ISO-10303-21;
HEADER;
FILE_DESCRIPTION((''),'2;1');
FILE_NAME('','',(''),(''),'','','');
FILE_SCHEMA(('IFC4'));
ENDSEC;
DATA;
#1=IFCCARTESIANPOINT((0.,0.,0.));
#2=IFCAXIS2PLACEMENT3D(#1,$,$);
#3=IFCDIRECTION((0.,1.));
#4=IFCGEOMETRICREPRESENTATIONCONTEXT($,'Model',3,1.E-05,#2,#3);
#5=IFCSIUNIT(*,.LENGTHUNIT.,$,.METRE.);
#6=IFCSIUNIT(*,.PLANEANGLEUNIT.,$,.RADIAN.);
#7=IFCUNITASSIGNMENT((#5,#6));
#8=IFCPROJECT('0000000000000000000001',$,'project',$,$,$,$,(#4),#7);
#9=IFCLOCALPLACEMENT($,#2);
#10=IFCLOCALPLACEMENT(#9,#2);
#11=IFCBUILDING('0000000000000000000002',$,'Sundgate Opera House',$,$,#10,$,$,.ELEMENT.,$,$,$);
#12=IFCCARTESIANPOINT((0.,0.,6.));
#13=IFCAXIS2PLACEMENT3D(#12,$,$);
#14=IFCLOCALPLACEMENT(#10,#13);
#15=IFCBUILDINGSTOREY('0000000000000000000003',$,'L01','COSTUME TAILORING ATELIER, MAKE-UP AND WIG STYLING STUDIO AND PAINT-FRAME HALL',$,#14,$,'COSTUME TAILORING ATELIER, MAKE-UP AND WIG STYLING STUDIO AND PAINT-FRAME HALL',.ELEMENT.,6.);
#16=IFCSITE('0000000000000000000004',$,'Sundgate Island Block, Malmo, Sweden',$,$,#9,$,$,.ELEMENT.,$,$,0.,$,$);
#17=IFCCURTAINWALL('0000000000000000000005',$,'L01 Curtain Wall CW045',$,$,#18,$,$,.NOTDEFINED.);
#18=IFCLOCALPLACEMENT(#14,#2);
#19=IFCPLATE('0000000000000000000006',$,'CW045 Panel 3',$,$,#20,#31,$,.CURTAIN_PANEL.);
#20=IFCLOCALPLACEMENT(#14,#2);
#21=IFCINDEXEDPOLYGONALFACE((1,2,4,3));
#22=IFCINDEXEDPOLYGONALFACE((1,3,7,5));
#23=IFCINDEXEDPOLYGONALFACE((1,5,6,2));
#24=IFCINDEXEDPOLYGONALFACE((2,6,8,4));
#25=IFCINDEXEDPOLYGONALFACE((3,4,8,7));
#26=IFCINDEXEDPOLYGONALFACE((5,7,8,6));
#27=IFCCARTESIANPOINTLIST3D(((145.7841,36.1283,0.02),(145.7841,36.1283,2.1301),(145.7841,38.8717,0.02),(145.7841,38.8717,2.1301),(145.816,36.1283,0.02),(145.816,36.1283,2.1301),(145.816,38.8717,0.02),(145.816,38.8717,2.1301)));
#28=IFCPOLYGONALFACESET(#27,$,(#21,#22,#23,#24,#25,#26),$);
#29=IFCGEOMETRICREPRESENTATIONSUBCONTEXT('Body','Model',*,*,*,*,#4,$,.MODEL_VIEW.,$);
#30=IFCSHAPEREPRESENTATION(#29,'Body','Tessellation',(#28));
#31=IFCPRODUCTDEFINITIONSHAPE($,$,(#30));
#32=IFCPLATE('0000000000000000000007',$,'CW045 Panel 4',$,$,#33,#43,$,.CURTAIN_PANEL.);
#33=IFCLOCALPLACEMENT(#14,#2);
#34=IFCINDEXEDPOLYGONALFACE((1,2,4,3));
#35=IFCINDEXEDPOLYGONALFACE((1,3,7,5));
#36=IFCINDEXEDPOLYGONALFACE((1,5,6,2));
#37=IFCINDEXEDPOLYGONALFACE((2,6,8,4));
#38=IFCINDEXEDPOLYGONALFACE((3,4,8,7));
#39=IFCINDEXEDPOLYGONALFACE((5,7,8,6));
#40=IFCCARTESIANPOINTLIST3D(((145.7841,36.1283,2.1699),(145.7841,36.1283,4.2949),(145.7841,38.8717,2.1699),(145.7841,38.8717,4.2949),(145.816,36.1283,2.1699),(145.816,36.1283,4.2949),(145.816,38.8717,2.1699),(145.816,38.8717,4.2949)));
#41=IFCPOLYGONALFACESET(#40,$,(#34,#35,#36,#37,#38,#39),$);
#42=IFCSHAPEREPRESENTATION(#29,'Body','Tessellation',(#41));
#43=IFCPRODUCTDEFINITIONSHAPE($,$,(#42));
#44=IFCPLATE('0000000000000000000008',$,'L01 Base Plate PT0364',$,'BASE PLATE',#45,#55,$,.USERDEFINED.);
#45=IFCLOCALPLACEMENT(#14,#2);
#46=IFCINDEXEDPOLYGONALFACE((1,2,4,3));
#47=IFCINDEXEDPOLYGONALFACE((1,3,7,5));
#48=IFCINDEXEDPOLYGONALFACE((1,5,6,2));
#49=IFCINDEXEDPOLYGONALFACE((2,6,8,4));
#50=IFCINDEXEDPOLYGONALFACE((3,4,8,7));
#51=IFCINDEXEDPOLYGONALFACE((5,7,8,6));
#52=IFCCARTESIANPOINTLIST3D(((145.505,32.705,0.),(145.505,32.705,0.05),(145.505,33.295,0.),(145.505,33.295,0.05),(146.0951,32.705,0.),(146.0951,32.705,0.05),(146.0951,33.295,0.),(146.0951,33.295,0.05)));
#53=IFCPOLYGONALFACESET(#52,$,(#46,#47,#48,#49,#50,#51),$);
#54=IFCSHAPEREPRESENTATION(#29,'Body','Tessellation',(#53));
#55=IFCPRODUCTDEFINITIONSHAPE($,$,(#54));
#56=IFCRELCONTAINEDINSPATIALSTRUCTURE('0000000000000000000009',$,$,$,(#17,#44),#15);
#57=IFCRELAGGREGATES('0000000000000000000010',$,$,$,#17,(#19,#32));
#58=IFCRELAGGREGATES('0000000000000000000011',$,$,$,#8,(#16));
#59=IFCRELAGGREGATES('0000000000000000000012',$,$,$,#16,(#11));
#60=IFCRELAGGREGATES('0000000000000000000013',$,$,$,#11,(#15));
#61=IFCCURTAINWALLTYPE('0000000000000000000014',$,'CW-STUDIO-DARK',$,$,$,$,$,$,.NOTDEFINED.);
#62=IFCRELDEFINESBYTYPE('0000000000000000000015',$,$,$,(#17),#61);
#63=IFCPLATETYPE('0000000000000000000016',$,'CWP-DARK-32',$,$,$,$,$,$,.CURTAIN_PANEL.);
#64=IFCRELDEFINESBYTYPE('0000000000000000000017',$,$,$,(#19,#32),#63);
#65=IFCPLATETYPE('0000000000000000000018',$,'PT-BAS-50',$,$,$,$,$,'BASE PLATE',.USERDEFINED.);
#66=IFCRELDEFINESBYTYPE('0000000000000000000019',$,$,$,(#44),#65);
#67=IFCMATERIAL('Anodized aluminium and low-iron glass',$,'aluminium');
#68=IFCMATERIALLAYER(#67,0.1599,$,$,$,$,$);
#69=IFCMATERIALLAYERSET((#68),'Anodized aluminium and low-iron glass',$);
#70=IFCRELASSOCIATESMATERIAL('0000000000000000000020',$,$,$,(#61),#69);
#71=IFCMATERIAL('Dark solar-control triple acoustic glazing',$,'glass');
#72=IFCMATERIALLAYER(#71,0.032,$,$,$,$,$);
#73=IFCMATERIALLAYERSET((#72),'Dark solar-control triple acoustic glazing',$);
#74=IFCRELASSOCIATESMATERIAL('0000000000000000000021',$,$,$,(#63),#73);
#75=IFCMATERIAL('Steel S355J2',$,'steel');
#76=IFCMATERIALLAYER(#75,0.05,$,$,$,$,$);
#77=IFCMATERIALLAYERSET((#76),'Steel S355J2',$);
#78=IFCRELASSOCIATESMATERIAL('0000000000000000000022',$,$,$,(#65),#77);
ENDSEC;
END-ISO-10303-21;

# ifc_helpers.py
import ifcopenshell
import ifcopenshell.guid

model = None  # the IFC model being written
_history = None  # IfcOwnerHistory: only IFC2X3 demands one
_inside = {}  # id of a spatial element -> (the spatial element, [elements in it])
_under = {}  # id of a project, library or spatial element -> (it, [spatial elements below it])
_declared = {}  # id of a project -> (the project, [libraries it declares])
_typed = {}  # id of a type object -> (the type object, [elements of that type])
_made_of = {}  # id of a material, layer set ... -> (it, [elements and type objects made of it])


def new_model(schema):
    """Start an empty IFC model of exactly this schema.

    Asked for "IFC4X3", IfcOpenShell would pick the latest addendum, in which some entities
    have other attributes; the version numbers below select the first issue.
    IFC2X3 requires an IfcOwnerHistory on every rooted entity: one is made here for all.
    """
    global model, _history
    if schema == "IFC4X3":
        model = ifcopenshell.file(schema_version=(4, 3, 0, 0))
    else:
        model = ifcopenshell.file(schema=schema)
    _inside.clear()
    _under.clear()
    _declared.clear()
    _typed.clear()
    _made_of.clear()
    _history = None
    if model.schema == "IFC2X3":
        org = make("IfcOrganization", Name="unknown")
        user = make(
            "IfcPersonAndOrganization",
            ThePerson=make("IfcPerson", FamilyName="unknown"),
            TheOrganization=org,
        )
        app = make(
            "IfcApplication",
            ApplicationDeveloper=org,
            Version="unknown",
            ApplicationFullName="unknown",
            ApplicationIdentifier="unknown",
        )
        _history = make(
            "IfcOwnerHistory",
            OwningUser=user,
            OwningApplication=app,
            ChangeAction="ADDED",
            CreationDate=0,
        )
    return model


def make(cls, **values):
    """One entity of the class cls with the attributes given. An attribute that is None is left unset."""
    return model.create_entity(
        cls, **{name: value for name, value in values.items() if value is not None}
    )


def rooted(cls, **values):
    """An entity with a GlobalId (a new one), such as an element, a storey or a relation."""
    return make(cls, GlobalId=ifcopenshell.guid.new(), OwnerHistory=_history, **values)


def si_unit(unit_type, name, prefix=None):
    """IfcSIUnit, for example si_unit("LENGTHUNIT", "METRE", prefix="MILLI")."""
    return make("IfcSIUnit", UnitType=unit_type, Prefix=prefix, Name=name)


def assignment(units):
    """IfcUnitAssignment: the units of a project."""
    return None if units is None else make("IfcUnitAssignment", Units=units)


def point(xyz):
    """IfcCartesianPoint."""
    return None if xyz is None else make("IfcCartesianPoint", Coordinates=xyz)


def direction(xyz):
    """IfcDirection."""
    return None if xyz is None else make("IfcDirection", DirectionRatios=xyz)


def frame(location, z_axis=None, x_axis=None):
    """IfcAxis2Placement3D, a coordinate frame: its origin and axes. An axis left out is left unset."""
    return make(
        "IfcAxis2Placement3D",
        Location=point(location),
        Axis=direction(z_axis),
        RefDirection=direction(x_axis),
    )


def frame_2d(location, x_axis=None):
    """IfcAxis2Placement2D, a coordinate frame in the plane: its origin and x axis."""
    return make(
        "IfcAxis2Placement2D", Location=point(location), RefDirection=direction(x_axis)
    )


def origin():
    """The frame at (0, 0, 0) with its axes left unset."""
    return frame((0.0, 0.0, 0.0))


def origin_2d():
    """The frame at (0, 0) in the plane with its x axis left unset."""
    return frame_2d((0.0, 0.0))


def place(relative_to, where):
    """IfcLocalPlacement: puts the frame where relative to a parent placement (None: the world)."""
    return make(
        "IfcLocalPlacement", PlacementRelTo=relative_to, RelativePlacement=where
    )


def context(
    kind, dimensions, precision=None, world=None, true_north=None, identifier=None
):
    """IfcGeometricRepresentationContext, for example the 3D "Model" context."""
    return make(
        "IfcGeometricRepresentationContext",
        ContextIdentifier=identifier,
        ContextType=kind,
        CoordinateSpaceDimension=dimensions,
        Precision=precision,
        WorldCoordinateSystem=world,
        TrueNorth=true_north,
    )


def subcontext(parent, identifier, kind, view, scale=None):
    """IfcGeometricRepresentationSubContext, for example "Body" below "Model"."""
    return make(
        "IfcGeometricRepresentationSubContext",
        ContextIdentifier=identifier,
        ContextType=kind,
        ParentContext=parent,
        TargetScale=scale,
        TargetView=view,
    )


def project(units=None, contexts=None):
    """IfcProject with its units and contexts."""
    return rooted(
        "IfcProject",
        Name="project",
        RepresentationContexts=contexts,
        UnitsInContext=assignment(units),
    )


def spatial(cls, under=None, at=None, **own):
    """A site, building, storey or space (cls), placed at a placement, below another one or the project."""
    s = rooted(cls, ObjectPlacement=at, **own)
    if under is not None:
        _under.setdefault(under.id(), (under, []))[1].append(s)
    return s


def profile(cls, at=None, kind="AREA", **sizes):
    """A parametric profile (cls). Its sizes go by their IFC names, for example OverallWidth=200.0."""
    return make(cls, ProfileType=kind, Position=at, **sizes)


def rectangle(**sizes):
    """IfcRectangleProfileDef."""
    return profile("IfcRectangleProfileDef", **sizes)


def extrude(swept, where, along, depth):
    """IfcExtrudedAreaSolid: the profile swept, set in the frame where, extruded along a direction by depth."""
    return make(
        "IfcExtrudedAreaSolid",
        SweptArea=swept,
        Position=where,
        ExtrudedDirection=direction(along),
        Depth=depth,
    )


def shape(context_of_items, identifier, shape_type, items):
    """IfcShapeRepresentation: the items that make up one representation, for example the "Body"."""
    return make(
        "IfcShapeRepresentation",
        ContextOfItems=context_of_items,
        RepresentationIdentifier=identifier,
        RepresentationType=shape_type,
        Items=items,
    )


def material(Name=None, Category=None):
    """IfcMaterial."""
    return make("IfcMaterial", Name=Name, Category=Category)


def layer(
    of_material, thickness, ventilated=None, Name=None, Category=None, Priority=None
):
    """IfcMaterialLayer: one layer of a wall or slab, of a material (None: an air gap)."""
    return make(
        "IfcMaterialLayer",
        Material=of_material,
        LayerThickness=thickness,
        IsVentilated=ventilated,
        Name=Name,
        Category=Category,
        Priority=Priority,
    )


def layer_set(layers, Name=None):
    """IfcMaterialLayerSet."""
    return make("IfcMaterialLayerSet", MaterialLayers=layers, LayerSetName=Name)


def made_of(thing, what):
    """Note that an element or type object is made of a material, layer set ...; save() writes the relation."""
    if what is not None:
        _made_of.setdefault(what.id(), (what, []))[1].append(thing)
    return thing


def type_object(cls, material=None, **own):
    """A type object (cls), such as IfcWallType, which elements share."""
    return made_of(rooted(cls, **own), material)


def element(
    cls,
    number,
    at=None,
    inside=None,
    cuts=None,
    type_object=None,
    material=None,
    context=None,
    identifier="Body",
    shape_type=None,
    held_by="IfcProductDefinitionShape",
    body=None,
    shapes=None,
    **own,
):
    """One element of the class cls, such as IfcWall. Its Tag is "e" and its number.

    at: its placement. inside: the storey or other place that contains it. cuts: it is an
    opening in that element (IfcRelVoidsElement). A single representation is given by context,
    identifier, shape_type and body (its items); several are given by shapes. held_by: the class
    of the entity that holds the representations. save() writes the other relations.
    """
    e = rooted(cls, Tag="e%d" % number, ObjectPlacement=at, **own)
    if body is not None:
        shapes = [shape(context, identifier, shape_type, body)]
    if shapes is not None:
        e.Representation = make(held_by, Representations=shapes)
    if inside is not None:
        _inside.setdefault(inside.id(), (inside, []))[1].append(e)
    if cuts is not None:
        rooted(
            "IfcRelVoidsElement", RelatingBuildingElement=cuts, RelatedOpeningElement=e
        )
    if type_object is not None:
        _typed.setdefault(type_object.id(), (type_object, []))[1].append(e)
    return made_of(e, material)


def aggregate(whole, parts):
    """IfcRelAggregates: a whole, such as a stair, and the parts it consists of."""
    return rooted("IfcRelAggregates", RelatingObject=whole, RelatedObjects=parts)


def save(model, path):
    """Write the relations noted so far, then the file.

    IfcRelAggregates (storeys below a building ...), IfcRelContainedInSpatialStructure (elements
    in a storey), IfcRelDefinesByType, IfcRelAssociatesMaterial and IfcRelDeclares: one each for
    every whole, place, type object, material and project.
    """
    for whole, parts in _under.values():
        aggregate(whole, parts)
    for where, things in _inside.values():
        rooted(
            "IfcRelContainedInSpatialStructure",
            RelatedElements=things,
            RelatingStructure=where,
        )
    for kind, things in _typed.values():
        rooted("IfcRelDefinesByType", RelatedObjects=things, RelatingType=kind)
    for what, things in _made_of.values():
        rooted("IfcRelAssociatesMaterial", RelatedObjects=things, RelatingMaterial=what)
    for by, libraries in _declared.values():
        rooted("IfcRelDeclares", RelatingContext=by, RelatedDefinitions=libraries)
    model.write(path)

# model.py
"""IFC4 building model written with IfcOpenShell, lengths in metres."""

from ifc_helpers import new_model, si_unit, direction, frame, origin, origin_2d, place, context, subcontext, project, spatial, rectangle, extrude, material, layer, layer_set, type_object, element, aggregate, save


model = new_model("IFC4")

# Units and contexts
model_context = context("Model", 3, precision=1e-05, world=origin(), true_north=direction((0.0, 1.0)))
body_context = subcontext(model_context, "Body", "Model", "MODEL_VIEW")
ifc_project = project(units=[si_unit("LENGTHUNIT", "METRE"), si_unit("PLANEANGLEUNIT", "RADIAN")], contexts=[model_context])

# Site, building, storey
site_placement = place(None, origin())
site = spatial("IfcSite", under=ifc_project, at=site_placement, Name="Sundgate Island Block, Malmo, Sweden", CompositionType="ELEMENT", RefElevation=0.0)
building_placement = place(site_placement, origin())
building = spatial("IfcBuilding", under=site, at=building_placement, Name="Sundgate Opera House", CompositionType="ELEMENT")
storey_placement = place(building_placement, frame((0.0, 0.0, 6.0)))
storey = spatial("IfcBuildingStorey", under=building, at=storey_placement, Name="L01", Description="COSTUME TAILORING ATELIER, MAKE-UP AND WIG STYLING STUDIO AND PAINT-FRAME HALL", LongName="COSTUME TAILORING ATELIER, MAKE-UP AND WIG STYLING STUDIO AND PAINT-FRAME HALL", CompositionType="ELEMENT", Elevation=6.0)

# Curtain wall, plates
ifc_material_1 = material(Name="Anodized aluminium and low-iron glass", Category="aluminium")
ifc_layer_1 = layer(ifc_material_1, 0.1599)
ifc_layer_set_1 = layer_set([ifc_layer_1], Name="Anodized aluminium and low-iron glass")
curtain_wall_type = type_object("IfcCurtainWallType", Name="CW-STUDIO-DARK", PredefinedType="NOTDEFINED", material=ifc_layer_set_1)
curtain_wall_placement = place(storey_placement, origin())
curtain_wall = element("IfcCurtainWall", 1, at=curtain_wall_placement, inside=storey, type_object=curtain_wall_type, Name="L01 Curtain Wall CW045", PredefinedType="NOTDEFINED")
ifc_material_2 = material(Name="Dark solar-control triple acoustic glazing", Category="glass")
ifc_layer_2 = layer(ifc_material_2, 0.032)
ifc_layer_set_2 = layer_set([ifc_layer_2], Name="Dark solar-control triple acoustic glazing")
plate_type_1 = type_object("IfcPlateType", Name="CWP-DARK-32", PredefinedType="CURTAIN_PANEL", material=ifc_layer_set_2)
plate_1_placement = place(storey_placement, frame((145.8, 37.5, 0.02), z_axis=(0.0, 0.0, 1.0), x_axis=(0.0, 1.0, 0.0)))
plate_1 = element("IfcPlate", 2, at=plate_1_placement, type_object=plate_type_1, Name="CW045 Panel 3", PredefinedType="CURTAIN_PANEL", context=body_context, shape_type="SweptSolid", body=[
    extrude(rectangle(XDim=2.7434, YDim=0.032, at=origin_2d()), origin(), (0.0, 0.0, 1.0), 2.1101),
])
plate_2_placement = place(storey_placement, frame((145.8, 37.5, 2.1699), z_axis=(0.0, 0.0, 1.0), x_axis=(0.0, 1.0, 0.0)))
plate_2 = element("IfcPlate", 3, at=plate_2_placement, type_object=plate_type_1, Name="CW045 Panel 4", PredefinedType="CURTAIN_PANEL", context=body_context, shape_type="SweptSolid", body=[
    extrude(rectangle(XDim=2.7434, YDim=0.032, at=origin_2d()), origin(), (0.0, 0.0, 1.0), 2.125),
])
aggregate(curtain_wall, [plate_1, plate_2])

# Plate
ifc_material_3 = material(Name="Steel S355J2", Category="steel")
ifc_layer_3 = layer(ifc_material_3, 0.05)
ifc_layer_set_3 = layer_set([ifc_layer_3], Name="Steel S355J2")
plate_type_2 = type_object("IfcPlateType", Name="PT-BAS-50", ElementType="BASE PLATE", PredefinedType="USERDEFINED", material=ifc_layer_set_3)
plate_3_placement = place(storey_placement, frame((145.8, 33.0, 0.0), z_axis=(0.0, 0.0, 1.0), x_axis=(1.0, 0.0, 0.0)))
element("IfcPlate", 4, at=plate_3_placement, inside=storey, type_object=plate_type_2, Name="L01 Base Plate PT0364", ObjectType="BASE PLATE", PredefinedType="USERDEFINED", context=body_context, shape_type="SweptSolid", body=[
    extrude(rectangle(XDim=0.5901, YDim=0.5901, at=origin_2d()), origin(), (0.0, 0.0, 1.0), 0.05),
])

save(model, "model.ifc")
